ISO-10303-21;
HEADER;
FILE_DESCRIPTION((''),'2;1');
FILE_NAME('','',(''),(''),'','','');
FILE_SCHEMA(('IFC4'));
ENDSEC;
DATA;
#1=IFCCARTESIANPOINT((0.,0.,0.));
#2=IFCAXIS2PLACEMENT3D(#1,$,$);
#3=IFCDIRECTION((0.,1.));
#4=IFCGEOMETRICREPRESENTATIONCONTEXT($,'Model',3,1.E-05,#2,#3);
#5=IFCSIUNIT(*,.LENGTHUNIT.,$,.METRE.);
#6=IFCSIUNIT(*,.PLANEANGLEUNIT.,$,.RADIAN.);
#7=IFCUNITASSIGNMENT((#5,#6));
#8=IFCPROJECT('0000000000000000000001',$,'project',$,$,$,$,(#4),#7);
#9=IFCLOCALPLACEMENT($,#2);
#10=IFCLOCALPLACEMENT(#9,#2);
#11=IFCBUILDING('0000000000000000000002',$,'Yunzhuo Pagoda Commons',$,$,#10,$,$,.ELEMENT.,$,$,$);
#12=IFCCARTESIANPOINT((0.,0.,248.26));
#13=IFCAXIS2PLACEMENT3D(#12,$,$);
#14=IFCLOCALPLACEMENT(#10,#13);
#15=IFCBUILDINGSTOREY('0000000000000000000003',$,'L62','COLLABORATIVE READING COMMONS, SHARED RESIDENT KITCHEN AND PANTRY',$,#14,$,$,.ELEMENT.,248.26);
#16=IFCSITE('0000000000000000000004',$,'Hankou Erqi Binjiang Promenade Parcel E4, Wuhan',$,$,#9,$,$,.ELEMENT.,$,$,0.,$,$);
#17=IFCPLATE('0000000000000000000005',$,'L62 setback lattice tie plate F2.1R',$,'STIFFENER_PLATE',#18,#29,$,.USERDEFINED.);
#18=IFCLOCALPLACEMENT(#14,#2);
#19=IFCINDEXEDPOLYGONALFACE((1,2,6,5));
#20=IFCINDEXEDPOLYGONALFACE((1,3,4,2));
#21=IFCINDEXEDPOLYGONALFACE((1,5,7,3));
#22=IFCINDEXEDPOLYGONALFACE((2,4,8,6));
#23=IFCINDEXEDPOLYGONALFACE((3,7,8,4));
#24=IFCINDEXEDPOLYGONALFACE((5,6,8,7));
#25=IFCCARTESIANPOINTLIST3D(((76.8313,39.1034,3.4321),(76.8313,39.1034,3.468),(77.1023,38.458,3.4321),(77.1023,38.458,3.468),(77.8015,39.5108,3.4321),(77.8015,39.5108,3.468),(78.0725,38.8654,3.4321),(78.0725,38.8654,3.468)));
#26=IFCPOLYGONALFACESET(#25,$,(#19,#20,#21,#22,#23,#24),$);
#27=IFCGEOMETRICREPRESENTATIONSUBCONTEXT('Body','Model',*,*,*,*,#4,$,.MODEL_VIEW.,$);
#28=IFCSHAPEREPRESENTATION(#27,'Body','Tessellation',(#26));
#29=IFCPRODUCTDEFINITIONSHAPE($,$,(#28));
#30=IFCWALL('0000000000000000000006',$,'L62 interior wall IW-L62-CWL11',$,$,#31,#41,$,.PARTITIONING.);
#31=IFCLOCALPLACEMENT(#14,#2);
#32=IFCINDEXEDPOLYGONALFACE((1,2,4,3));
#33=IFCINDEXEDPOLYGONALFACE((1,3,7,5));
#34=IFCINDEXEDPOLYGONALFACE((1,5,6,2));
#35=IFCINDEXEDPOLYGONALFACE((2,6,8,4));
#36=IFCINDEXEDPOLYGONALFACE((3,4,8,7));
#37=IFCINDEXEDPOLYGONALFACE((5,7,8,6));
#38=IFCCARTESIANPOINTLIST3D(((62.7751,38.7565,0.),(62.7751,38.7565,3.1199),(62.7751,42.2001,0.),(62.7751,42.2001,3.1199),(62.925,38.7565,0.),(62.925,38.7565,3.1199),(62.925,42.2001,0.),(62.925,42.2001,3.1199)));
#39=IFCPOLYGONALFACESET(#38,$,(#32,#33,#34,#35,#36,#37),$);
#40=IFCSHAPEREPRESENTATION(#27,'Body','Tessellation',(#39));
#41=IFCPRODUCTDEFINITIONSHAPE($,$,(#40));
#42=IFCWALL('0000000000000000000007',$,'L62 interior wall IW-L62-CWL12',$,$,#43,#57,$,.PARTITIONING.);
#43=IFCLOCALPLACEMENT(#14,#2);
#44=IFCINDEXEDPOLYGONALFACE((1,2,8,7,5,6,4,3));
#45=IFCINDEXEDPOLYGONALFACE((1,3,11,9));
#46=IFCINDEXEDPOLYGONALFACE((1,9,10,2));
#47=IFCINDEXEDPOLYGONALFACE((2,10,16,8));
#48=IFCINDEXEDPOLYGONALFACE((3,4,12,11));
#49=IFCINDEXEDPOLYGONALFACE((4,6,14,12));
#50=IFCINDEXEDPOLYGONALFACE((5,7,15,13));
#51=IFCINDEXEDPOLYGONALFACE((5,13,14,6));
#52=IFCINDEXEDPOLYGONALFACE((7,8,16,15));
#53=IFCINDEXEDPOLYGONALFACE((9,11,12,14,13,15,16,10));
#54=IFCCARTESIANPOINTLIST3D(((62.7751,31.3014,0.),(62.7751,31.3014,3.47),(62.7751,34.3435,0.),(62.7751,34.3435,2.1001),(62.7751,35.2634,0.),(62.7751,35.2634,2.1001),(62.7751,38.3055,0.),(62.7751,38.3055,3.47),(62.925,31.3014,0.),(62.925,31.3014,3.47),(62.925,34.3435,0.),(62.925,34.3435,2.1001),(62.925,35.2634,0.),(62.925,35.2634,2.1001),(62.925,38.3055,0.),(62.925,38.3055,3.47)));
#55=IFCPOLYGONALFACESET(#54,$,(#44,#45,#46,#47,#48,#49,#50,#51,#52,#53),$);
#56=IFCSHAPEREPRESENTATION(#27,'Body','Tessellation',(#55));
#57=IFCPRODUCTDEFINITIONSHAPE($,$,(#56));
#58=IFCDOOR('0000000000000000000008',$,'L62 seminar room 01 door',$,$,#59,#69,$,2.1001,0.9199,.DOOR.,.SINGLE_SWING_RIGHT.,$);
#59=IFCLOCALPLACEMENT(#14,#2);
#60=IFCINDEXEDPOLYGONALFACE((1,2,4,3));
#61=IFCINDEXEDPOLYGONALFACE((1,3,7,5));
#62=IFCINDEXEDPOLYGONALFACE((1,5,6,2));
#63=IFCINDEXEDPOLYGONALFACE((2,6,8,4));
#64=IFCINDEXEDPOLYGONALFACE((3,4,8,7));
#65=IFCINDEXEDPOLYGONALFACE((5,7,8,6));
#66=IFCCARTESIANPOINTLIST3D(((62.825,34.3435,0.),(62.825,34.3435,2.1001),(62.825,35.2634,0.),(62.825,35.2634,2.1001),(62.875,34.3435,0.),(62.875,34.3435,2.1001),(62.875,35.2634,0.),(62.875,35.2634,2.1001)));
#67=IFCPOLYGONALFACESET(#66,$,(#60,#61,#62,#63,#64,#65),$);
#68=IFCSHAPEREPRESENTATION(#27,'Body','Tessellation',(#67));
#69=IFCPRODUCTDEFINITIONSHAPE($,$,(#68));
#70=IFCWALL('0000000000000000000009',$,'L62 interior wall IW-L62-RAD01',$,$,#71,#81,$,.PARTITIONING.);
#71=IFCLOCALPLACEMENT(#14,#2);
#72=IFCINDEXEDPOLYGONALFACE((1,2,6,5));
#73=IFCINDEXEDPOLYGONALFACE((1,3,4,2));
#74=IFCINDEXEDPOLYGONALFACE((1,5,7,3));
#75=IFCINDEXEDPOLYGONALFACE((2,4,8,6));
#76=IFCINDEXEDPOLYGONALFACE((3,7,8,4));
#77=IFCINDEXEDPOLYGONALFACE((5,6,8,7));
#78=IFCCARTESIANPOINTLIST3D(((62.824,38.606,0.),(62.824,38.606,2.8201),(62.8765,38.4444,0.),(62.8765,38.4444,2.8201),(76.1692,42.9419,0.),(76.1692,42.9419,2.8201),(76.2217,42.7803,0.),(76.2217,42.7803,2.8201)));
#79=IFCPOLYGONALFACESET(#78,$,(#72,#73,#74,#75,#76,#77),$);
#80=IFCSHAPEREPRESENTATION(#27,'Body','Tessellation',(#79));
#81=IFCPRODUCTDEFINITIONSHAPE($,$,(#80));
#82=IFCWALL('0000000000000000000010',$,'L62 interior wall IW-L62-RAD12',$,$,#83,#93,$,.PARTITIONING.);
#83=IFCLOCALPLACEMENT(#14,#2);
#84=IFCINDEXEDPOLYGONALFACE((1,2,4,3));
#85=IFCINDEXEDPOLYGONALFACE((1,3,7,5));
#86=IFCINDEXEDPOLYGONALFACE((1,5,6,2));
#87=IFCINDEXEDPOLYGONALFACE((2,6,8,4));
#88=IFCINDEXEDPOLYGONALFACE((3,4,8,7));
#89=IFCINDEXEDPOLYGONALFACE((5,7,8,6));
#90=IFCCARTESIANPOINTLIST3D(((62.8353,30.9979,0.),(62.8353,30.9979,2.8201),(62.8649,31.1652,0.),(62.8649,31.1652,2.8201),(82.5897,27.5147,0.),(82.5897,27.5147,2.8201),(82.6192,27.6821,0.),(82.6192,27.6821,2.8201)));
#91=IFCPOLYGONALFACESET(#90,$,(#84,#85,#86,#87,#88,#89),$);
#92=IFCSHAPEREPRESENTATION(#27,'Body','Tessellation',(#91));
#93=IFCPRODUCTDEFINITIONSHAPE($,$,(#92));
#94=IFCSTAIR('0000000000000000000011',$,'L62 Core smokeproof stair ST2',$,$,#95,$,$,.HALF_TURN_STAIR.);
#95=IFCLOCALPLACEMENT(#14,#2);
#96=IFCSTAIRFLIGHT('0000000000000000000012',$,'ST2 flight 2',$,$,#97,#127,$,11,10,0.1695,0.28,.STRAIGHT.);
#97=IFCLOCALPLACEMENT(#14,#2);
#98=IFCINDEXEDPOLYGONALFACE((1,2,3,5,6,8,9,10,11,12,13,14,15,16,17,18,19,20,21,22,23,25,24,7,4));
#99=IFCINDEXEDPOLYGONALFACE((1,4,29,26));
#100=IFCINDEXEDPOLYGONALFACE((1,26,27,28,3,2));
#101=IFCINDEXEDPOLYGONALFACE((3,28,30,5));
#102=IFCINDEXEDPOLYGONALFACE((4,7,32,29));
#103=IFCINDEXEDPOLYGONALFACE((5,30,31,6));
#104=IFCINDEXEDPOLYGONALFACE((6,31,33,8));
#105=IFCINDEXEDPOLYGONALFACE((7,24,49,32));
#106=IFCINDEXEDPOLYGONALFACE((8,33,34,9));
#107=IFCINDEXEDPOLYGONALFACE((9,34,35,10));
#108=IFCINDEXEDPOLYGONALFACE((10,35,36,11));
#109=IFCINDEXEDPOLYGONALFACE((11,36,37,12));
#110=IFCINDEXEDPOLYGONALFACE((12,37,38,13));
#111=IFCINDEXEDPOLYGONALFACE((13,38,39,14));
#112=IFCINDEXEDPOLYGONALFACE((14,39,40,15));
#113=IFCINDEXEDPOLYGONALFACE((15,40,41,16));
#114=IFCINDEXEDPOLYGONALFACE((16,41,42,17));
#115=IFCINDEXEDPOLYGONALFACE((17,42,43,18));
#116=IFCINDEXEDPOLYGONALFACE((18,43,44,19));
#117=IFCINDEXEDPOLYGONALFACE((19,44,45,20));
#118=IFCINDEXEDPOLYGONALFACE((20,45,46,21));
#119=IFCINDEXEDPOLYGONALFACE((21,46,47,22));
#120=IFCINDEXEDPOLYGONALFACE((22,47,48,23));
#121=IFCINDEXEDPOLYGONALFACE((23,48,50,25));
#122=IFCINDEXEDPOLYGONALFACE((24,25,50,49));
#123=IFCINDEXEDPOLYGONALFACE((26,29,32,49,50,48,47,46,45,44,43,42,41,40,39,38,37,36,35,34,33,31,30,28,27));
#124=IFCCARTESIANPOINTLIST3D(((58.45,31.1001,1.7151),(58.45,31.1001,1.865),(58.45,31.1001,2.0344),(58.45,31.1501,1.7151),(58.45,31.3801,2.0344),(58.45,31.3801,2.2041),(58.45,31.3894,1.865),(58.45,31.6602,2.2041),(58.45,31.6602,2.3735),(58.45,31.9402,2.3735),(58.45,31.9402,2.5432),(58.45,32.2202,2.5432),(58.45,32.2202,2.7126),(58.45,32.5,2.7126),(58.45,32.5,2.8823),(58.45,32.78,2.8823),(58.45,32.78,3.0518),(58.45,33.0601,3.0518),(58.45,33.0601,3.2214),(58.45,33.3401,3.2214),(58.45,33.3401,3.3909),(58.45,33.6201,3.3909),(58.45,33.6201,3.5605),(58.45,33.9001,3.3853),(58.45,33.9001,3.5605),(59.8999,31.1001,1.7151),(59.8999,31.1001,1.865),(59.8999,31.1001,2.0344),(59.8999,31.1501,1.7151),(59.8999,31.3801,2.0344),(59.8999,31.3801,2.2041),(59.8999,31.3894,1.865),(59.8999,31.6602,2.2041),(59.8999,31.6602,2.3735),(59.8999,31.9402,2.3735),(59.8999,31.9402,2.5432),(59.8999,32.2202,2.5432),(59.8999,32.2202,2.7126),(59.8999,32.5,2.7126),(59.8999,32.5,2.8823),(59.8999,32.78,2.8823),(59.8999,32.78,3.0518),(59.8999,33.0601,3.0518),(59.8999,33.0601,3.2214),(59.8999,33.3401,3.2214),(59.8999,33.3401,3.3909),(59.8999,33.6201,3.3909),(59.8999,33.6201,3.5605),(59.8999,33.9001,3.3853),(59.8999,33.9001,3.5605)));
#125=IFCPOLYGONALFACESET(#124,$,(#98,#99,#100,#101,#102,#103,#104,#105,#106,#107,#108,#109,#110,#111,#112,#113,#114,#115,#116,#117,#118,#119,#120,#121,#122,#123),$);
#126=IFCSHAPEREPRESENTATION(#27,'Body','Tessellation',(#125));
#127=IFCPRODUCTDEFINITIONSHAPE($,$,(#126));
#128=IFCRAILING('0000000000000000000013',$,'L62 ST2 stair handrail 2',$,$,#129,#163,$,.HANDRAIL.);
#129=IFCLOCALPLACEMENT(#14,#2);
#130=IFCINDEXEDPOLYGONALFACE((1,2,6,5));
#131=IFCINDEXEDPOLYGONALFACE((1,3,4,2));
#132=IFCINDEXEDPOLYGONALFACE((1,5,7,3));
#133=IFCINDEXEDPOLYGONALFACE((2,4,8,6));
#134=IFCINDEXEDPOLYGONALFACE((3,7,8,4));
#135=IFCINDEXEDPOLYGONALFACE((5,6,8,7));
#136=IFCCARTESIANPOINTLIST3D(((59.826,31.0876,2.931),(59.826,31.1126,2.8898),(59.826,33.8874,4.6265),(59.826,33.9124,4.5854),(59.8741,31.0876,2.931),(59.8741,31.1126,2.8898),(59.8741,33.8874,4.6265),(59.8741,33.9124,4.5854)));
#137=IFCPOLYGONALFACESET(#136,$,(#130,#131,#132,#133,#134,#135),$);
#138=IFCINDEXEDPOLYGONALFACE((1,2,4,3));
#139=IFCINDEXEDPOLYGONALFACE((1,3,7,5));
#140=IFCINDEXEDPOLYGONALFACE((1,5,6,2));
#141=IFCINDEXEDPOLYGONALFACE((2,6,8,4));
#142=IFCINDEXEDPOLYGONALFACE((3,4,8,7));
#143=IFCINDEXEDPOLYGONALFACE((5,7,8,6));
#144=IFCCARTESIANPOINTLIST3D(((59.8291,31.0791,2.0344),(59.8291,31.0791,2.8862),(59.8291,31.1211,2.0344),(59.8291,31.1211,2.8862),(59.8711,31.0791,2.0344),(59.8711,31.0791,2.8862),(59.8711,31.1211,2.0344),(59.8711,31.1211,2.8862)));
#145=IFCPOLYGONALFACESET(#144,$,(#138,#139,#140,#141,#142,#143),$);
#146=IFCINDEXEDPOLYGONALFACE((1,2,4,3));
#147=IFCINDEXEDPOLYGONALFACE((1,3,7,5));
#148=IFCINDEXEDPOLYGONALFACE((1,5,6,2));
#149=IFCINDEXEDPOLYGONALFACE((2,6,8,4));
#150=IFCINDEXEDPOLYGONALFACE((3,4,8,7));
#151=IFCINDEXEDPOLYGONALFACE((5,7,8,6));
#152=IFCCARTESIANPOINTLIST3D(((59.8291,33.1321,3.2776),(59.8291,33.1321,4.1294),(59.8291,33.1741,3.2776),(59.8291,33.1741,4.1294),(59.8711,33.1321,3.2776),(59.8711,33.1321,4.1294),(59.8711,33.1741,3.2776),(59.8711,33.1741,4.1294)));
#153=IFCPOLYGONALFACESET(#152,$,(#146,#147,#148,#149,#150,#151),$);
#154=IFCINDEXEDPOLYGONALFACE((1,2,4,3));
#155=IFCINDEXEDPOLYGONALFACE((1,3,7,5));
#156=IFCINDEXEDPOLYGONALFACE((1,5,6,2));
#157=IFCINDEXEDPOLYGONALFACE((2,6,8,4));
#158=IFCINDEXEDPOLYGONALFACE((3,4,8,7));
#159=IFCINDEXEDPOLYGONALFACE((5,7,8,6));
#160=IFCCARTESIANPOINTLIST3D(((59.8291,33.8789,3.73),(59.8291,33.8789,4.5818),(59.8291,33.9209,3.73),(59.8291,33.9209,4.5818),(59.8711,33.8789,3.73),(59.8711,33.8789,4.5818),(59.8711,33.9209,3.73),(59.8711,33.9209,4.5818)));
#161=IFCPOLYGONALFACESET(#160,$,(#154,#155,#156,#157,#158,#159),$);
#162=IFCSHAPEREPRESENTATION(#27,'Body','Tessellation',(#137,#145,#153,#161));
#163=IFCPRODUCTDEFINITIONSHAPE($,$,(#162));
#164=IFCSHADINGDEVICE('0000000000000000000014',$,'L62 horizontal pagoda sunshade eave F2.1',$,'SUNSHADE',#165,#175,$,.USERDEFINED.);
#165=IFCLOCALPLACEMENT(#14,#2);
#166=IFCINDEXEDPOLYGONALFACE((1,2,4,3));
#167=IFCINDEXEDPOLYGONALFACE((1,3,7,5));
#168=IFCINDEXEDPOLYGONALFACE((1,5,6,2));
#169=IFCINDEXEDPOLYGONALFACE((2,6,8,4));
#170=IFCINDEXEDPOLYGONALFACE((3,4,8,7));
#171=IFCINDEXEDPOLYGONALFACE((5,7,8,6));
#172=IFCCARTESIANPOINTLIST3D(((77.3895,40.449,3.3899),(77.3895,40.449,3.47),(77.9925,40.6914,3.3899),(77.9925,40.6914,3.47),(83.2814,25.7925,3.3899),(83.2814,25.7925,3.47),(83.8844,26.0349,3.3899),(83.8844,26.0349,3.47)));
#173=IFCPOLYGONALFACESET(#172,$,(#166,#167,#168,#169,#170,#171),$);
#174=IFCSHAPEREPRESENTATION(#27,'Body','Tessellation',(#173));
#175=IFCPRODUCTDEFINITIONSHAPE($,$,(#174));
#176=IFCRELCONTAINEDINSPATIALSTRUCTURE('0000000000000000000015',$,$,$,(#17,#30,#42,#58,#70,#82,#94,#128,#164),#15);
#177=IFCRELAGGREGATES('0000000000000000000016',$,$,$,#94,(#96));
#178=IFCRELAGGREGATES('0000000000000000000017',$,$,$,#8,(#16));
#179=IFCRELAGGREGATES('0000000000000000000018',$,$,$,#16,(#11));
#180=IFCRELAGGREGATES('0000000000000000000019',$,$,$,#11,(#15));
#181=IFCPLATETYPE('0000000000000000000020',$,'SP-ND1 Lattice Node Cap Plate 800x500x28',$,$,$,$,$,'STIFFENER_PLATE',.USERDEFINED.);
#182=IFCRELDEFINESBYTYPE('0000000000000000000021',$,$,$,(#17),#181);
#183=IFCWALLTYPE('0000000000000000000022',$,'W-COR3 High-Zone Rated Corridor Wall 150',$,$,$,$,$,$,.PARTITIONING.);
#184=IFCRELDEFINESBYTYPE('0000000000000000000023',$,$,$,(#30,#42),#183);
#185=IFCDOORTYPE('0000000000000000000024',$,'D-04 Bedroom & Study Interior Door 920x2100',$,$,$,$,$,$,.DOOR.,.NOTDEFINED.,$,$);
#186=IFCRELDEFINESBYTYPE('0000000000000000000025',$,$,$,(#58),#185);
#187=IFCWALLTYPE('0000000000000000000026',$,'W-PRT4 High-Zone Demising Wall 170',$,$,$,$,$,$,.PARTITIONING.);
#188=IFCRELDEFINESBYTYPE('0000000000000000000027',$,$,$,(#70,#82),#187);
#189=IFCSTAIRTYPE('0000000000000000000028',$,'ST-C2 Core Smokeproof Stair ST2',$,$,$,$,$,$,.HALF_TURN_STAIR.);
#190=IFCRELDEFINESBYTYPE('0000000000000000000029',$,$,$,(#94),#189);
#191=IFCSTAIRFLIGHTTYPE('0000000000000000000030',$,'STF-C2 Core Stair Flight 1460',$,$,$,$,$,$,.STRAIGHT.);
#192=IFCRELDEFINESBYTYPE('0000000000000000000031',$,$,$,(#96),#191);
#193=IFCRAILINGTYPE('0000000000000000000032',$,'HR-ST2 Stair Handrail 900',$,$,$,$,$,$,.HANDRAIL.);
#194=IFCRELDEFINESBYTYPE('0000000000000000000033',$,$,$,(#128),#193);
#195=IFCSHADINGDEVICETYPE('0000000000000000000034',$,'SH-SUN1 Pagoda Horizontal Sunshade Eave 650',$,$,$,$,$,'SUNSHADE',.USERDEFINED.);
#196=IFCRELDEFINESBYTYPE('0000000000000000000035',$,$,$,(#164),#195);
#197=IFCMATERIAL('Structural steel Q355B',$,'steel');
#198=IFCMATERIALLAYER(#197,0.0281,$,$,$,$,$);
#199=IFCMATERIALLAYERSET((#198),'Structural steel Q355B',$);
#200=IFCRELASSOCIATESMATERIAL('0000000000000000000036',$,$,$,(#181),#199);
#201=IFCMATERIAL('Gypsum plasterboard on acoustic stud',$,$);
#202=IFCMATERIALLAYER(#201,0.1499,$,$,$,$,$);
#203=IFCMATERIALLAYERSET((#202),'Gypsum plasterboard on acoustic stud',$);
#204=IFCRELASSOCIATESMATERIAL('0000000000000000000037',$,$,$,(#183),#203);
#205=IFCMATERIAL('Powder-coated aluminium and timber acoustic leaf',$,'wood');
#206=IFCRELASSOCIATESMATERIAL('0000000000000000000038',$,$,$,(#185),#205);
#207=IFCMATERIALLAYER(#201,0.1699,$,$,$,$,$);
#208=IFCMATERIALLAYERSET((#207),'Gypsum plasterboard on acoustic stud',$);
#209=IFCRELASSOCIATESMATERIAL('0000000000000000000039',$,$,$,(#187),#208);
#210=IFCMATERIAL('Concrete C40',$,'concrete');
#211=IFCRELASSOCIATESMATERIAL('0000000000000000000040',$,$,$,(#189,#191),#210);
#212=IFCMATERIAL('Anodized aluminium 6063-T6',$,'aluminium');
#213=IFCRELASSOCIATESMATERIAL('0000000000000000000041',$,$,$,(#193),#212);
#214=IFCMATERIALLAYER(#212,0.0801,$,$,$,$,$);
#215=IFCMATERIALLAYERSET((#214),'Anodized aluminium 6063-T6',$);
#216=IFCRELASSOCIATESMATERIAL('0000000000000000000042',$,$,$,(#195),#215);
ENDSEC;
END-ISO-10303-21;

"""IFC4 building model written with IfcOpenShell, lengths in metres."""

from ifc_helpers import new_model, si_unit, direction, frame, frame_2d, origin, origin_with_axes, origin_2d, place, context, subcontext, project, spatial, polyline, rectangle, outline, extrude, source, transform, mapped, material, layer, layer_set, type_object, element, fill, aggregate, save


model = new_model("IFC4")

# Units and contexts
model_context = context("Model", 3, precision=1e-05, world=origin(), true_north=direction((0.0, 1.0)))
body_context = subcontext(model_context, "Body", "Model", "MODEL_VIEW")
ifc_project = project(units=[si_unit("LENGTHUNIT", "METRE"), si_unit("PLANEANGLEUNIT", "RADIAN")], contexts=[model_context])

# Site, building, storey
site_placement = place(None, origin())
site = spatial("IfcSite", under=ifc_project, at=site_placement, Name="Hankou Erqi Binjiang Promenade Parcel E4, Wuhan", CompositionType="ELEMENT", RefElevation=0.0)
building_placement = place(site_placement, origin())
building = spatial("IfcBuilding", under=site, at=building_placement, Name="Yunzhuo Pagoda Commons", CompositionType="ELEMENT")
storey_placement = place(building_placement, frame((0.0, 0.0, 248.26)))
storey = spatial("IfcBuildingStorey", under=building, at=storey_placement, Name="L62", Description="COLLABORATIVE READING COMMONS, SHARED RESIDENT KITCHEN AND PANTRY", CompositionType="ELEMENT", Elevation=248.26)

# Shared definitions
ifc_material_1 = material(Name="Structural steel Q355B", Category="steel")

# Shared definitions
ifc_material_2 = material(Name="Anodized aluminium 6063-T6", Category="aluminium")

# Plate
ifc_layer_1 = layer(ifc_material_1, 0.0281)
ifc_layer_set_1 = layer_set([ifc_layer_1], Name="Structural steel Q355B")
plate_type_1 = type_object("IfcPlateType", Name="SP-ND1 Lattice Node Cap Plate 800x500x28", ElementType="STIFFENER_PLATE", PredefinedType="USERDEFINED", material=ifc_layer_set_1)
shared_shape_1 = source(origin(), body_context, "Body", "SweptSolid", [
    extrude(rectangle(XDim=0.7, YDim=1.0522, at=origin_2d()), origin(), (0.0, 0.0, 1.0), 0.0359),
])
plate_1_placement = place(storey_placement, frame((77.4519, 38.9844, 3.4321), z_axis=(0.0, 0.0, 1.0), x_axis=(-0.387178, 0.922005, 0.0)))
element("IfcPlate", 1, at=plate_1_placement, inside=storey, type_object=plate_type_1, Name="L62 setback lattice tie plate F2.1R", ObjectType="STIFFENER_PLATE", PredefinedType="USERDEFINED", context=body_context, shape_type="MappedRepresentation", body=[
    mapped(shared_shape_1, transform((0.0, 0.0, 0.0), scale=1.0)),
])

# Wall
ifc_material_3 = material(Name="Gypsum plasterboard on acoustic stud")
ifc_layer_2 = layer(ifc_material_3, 0.1499)
ifc_layer_set_2 = layer_set([ifc_layer_2], Name="Gypsum plasterboard on acoustic stud")
wall_type_1 = type_object("IfcWallType", Name="W-COR3 High-Zone Rated Corridor Wall 150", PredefinedType="PARTITIONING", material=ifc_layer_set_2)
wall_1_placement = place(storey_placement, frame((62.8501, 42.2, 0.0), z_axis=(0.0, 0.0, 1.0), x_axis=(0.0, -1.0, 0.0)))
element("IfcWall", 2, at=wall_1_placement, inside=storey, type_object=wall_type_1, Name="L62 interior wall IW-L62-CWL11", PredefinedType="PARTITIONING", context=body_context, shape_type="SweptSolid", body=[
    extrude(rectangle(XDim=3.4436, YDim=0.1499, at=frame_2d((1.7217, 0.0))), origin(), (0.0, 0.0, 1.0), 3.1199),
])

# Wall, opening, door
wall_2_placement = place(storey_placement, frame((62.8501, 38.3054, 0.0), z_axis=(0.0, 0.0, 1.0), x_axis=(0.0, -1.0, 0.0)))
wall_2 = element("IfcWall", 3, at=wall_2_placement, inside=storey, type_object=wall_type_1, Name="L62 interior wall IW-L62-CWL12", PredefinedType="PARTITIONING", context=body_context, shape_type="SweptSolid", body=[
    extrude(rectangle(XDim=7.0042, YDim=0.1499, at=frame_2d((3.502, 0.0))), origin(), (0.0, 0.0, 1.0), 3.47),
])
opening_placement = place(wall_2_placement, frame((3.042, 0.0, 0.0)))
opening = element("IfcOpeningElement", 4, at=opening_placement, cuts=wall_2, PredefinedType="OPENING", context=body_context, shape_type="SweptSolid", body=[
    extrude(rectangle(XDim=0.9199, YDim=2.1001, at=frame_2d((0.46, 1.05))), frame((0.0, 0.085, 0.0), z_axis=(0.0, -1.0, 0.0), x_axis=(1.0, 0.0, 0.0)), (0.0, 0.0, 1.0), 0.1699),
])
ifc_material_4 = material(Name="Powder-coated aluminium and timber acoustic leaf", Category="wood")
door_type = type_object("IfcDoorType", Name="D-04 Bedroom & Study Interior Door 920x2100", OperationType="NOTDEFINED", PredefinedType="DOOR", material=ifc_material_4)
shared_shape_2 = source(origin(), body_context, "Body", "SweptSolid", [
    extrude(rectangle(XDim=0.9199, YDim=2.1001, at=frame_2d((0.46, 1.05))), frame((0.0, 0.0249, 0.0), z_axis=(0.0, -1.0, 0.0), x_axis=(1.0, 0.0, 0.0)), (0.0, 0.0, 1.0), 0.05),
])
door_placement = place(opening_placement, origin_with_axes())
door = element("IfcDoor", 5, at=door_placement, inside=storey, type_object=door_type, Name="L62 seminar room 01 door", OperationType="SINGLE_SWING_RIGHT", OverallHeight=2.1001, OverallWidth=0.9199, PredefinedType="DOOR", context=body_context, shape_type="MappedRepresentation", body=[
    mapped(shared_shape_2, transform((0.0, 0.0, 0.0), scale=1.0)),
])
fill(opening, door)

# Walls
ifc_layer_3 = layer(ifc_material_3, 0.1699)
ifc_layer_set_3 = layer_set([ifc_layer_3], Name="Gypsum plasterboard on acoustic stud")
wall_type_2 = type_object("IfcWallType", Name="W-PRT4 High-Zone Demising Wall 170", PredefinedType="PARTITIONING", material=ifc_layer_set_3)
wall_3_placement = place(storey_placement, frame((62.8501, 38.5251, 0.0), z_axis=(0.0, 0.0, 1.0), x_axis=(0.95106, 0.309005, 0.0)))
element("IfcWall", 6, at=wall_3_placement, inside=storey, type_object=wall_type_2, Name="L62 interior wall IW-L62-RAD01", PredefinedType="PARTITIONING", context=body_context, shape_type="SweptSolid", body=[
    extrude(rectangle(XDim=14.032, YDim=0.1699, at=frame_2d((7.0161, 0.0))), origin(), (0.0, 0.0, 1.0), 2.8201),
])
wall_4_placement = place(storey_placement, frame((62.8501, 31.0815, 0.0), z_axis=(0.0, 0.0, 1.0), x_axis=(0.984808, -0.173644, 0.0)))
element("IfcWall", 7, at=wall_4_placement, inside=storey, type_object=wall_type_2, Name="L62 interior wall IW-L62-RAD12", PredefinedType="PARTITIONING", context=body_context, shape_type="SweptSolid", body=[
    extrude(rectangle(XDim=20.0591, YDim=0.1699, at=frame_2d((10.0295, 0.0))), origin(), (0.0, 0.0, 1.0), 2.8201),
])

# Stair, stair flight
ifc_material_5 = material(Name="Concrete C40", Category="concrete")
stair_type = type_object("IfcStairType", Name="ST-C2 Core Smokeproof Stair ST2", PredefinedType="HALF_TURN_STAIR", material=ifc_material_5)
stair_placement = place(storey_placement, origin())
stair = element("IfcStair", 8, at=stair_placement, inside=storey, type_object=stair_type, Name="L62 Core smokeproof stair ST2", PredefinedType="HALF_TURN_STAIR")
stair_flight_type = type_object("IfcStairFlightType", Name="STF-C2 Core Stair Flight 1460", PredefinedType="STRAIGHT", material=ifc_material_5)
shared_shape_3 = source(origin(), body_context, "Body", "SweptSolid", [
    extrude(outline(polyline([(0.0, -0.1499), (0.0, 0.0), (0.0, 0.1694), (0.28, 0.1694), (0.28, 0.3391), (0.5601, 0.3391), (0.5601, 0.5085), (0.8401, 0.5085), (0.8401, 0.6782), (1.1201, 0.6782), (1.1201, 0.8477), (1.3999, 0.8477), (1.3999, 1.0173), (1.6799, 1.0173), (1.6799, 1.1868), (1.96, 1.1868), (1.96, 1.3564), (2.24, 1.3564), (2.24, 1.5259), (2.52, 1.5259), (2.52, 1.6956), (2.8, 1.6956), (2.8, 1.865), (2.8, 1.5203), (0.2893, 0.0), (0.05, -0.1499), (0.0, -0.1499)])), frame((0.0, 0.7251, 0.0), z_axis=(0.0, -1.0, 0.0), x_axis=(1.0, 0.0, 0.0)), (0.0, 0.0, 1.0), 1.45),
])
stair_flight_placement = place(storey_placement, frame((59.175, 31.1001, 1.865), z_axis=(0.0, 0.0, 1.0), x_axis=(0.0, 1.0, 0.0)))
stair_flight = element("IfcStairFlight", 9, at=stair_flight_placement, type_object=stair_flight_type, Name="ST2 flight 2", NumberOfRisers=11, NumberOfTreads=10, PredefinedType="STRAIGHT", RiserHeight=0.1695, TreadLength=0.28, context=body_context, shape_type="MappedRepresentation", body=[
    mapped(shared_shape_3, transform((0.0, 0.0, 0.0), scale=1.0)),
])
aggregate(stair, [stair_flight])

# Railing
railing_type = type_object("IfcRailingType", Name="HR-ST2 Stair Handrail 900", PredefinedType="HANDRAIL", material=ifc_material_2)
railing_placement = place(storey_placement, frame((59.8501, 31.1001, 2.0344)))
element("IfcRailing", 10, at=railing_placement, inside=storey, type_object=railing_type, Name="L62 ST2 stair handrail 2", PredefinedType="HANDRAIL", context=body_context, shape_type="SweptSolid", body=[
    extrude(rectangle(XDim=0.0481, YDim=0.0481, at=origin_2d()), frame((0.0, 0.0, 0.876), z_axis=(0.0, 0.855373, 0.518012), x_axis=(-1.0, 0.0, 0.0)), (0.0, 0.0, 1.0), 3.2732),
    extrude(rectangle(XDim=0.042, YDim=0.042, at=origin_2d()), origin(), (0.0, 0.0, 1.0), 0.8518),
    extrude(rectangle(XDim=0.042, YDim=0.042, at=origin_2d()), frame((0.0, 2.053, 1.2432)), (0.0, 0.0, 1.0), 0.8518),
    extrude(rectangle(XDim=0.042, YDim=0.042, at=origin_2d()), frame((0.0, 2.7998, 1.6956)), (0.0, 0.0, 1.0), 0.8518),
])

# Shading device
ifc_layer_4 = layer(ifc_material_2, 0.0801)
ifc_layer_set_4 = layer_set([ifc_layer_4], Name="Anodized aluminium 6063-T6")
shading_device_type = type_object("IfcShadingDeviceType", Name="SH-SUN1 Pagoda Horizontal Sunshade Eave 650", ElementType="SUNSHADE", PredefinedType="USERDEFINED", material=ifc_layer_set_4)
shared_shape_4 = source(origin(), body_context, "Body", "SweptSolid", [
    extrude(rectangle(XDim=15.7964, YDim=0.6499, at=origin_2d()), origin(), (0.0, 0.0, 1.0), 0.0801),
])
shading_device_placement = place(storey_placement, frame((80.637, 33.2419, 3.3899), z_axis=(0.0, 0.0, 1.0), x_axis=(-0.372988, 0.927836, 0.0)))
element("IfcShadingDevice", 11, at=shading_device_placement, inside=storey, type_object=shading_device_type, Name="L62 horizontal pagoda sunshade eave F2.1", ObjectType="SUNSHADE", PredefinedType="USERDEFINED", context=body_context, shape_type="MappedRepresentation", body=[
    mapped(shared_shape_4, transform((0.0, 0.0, 0.0), scale=1.0)),
])

save(model, "model.ifc")
